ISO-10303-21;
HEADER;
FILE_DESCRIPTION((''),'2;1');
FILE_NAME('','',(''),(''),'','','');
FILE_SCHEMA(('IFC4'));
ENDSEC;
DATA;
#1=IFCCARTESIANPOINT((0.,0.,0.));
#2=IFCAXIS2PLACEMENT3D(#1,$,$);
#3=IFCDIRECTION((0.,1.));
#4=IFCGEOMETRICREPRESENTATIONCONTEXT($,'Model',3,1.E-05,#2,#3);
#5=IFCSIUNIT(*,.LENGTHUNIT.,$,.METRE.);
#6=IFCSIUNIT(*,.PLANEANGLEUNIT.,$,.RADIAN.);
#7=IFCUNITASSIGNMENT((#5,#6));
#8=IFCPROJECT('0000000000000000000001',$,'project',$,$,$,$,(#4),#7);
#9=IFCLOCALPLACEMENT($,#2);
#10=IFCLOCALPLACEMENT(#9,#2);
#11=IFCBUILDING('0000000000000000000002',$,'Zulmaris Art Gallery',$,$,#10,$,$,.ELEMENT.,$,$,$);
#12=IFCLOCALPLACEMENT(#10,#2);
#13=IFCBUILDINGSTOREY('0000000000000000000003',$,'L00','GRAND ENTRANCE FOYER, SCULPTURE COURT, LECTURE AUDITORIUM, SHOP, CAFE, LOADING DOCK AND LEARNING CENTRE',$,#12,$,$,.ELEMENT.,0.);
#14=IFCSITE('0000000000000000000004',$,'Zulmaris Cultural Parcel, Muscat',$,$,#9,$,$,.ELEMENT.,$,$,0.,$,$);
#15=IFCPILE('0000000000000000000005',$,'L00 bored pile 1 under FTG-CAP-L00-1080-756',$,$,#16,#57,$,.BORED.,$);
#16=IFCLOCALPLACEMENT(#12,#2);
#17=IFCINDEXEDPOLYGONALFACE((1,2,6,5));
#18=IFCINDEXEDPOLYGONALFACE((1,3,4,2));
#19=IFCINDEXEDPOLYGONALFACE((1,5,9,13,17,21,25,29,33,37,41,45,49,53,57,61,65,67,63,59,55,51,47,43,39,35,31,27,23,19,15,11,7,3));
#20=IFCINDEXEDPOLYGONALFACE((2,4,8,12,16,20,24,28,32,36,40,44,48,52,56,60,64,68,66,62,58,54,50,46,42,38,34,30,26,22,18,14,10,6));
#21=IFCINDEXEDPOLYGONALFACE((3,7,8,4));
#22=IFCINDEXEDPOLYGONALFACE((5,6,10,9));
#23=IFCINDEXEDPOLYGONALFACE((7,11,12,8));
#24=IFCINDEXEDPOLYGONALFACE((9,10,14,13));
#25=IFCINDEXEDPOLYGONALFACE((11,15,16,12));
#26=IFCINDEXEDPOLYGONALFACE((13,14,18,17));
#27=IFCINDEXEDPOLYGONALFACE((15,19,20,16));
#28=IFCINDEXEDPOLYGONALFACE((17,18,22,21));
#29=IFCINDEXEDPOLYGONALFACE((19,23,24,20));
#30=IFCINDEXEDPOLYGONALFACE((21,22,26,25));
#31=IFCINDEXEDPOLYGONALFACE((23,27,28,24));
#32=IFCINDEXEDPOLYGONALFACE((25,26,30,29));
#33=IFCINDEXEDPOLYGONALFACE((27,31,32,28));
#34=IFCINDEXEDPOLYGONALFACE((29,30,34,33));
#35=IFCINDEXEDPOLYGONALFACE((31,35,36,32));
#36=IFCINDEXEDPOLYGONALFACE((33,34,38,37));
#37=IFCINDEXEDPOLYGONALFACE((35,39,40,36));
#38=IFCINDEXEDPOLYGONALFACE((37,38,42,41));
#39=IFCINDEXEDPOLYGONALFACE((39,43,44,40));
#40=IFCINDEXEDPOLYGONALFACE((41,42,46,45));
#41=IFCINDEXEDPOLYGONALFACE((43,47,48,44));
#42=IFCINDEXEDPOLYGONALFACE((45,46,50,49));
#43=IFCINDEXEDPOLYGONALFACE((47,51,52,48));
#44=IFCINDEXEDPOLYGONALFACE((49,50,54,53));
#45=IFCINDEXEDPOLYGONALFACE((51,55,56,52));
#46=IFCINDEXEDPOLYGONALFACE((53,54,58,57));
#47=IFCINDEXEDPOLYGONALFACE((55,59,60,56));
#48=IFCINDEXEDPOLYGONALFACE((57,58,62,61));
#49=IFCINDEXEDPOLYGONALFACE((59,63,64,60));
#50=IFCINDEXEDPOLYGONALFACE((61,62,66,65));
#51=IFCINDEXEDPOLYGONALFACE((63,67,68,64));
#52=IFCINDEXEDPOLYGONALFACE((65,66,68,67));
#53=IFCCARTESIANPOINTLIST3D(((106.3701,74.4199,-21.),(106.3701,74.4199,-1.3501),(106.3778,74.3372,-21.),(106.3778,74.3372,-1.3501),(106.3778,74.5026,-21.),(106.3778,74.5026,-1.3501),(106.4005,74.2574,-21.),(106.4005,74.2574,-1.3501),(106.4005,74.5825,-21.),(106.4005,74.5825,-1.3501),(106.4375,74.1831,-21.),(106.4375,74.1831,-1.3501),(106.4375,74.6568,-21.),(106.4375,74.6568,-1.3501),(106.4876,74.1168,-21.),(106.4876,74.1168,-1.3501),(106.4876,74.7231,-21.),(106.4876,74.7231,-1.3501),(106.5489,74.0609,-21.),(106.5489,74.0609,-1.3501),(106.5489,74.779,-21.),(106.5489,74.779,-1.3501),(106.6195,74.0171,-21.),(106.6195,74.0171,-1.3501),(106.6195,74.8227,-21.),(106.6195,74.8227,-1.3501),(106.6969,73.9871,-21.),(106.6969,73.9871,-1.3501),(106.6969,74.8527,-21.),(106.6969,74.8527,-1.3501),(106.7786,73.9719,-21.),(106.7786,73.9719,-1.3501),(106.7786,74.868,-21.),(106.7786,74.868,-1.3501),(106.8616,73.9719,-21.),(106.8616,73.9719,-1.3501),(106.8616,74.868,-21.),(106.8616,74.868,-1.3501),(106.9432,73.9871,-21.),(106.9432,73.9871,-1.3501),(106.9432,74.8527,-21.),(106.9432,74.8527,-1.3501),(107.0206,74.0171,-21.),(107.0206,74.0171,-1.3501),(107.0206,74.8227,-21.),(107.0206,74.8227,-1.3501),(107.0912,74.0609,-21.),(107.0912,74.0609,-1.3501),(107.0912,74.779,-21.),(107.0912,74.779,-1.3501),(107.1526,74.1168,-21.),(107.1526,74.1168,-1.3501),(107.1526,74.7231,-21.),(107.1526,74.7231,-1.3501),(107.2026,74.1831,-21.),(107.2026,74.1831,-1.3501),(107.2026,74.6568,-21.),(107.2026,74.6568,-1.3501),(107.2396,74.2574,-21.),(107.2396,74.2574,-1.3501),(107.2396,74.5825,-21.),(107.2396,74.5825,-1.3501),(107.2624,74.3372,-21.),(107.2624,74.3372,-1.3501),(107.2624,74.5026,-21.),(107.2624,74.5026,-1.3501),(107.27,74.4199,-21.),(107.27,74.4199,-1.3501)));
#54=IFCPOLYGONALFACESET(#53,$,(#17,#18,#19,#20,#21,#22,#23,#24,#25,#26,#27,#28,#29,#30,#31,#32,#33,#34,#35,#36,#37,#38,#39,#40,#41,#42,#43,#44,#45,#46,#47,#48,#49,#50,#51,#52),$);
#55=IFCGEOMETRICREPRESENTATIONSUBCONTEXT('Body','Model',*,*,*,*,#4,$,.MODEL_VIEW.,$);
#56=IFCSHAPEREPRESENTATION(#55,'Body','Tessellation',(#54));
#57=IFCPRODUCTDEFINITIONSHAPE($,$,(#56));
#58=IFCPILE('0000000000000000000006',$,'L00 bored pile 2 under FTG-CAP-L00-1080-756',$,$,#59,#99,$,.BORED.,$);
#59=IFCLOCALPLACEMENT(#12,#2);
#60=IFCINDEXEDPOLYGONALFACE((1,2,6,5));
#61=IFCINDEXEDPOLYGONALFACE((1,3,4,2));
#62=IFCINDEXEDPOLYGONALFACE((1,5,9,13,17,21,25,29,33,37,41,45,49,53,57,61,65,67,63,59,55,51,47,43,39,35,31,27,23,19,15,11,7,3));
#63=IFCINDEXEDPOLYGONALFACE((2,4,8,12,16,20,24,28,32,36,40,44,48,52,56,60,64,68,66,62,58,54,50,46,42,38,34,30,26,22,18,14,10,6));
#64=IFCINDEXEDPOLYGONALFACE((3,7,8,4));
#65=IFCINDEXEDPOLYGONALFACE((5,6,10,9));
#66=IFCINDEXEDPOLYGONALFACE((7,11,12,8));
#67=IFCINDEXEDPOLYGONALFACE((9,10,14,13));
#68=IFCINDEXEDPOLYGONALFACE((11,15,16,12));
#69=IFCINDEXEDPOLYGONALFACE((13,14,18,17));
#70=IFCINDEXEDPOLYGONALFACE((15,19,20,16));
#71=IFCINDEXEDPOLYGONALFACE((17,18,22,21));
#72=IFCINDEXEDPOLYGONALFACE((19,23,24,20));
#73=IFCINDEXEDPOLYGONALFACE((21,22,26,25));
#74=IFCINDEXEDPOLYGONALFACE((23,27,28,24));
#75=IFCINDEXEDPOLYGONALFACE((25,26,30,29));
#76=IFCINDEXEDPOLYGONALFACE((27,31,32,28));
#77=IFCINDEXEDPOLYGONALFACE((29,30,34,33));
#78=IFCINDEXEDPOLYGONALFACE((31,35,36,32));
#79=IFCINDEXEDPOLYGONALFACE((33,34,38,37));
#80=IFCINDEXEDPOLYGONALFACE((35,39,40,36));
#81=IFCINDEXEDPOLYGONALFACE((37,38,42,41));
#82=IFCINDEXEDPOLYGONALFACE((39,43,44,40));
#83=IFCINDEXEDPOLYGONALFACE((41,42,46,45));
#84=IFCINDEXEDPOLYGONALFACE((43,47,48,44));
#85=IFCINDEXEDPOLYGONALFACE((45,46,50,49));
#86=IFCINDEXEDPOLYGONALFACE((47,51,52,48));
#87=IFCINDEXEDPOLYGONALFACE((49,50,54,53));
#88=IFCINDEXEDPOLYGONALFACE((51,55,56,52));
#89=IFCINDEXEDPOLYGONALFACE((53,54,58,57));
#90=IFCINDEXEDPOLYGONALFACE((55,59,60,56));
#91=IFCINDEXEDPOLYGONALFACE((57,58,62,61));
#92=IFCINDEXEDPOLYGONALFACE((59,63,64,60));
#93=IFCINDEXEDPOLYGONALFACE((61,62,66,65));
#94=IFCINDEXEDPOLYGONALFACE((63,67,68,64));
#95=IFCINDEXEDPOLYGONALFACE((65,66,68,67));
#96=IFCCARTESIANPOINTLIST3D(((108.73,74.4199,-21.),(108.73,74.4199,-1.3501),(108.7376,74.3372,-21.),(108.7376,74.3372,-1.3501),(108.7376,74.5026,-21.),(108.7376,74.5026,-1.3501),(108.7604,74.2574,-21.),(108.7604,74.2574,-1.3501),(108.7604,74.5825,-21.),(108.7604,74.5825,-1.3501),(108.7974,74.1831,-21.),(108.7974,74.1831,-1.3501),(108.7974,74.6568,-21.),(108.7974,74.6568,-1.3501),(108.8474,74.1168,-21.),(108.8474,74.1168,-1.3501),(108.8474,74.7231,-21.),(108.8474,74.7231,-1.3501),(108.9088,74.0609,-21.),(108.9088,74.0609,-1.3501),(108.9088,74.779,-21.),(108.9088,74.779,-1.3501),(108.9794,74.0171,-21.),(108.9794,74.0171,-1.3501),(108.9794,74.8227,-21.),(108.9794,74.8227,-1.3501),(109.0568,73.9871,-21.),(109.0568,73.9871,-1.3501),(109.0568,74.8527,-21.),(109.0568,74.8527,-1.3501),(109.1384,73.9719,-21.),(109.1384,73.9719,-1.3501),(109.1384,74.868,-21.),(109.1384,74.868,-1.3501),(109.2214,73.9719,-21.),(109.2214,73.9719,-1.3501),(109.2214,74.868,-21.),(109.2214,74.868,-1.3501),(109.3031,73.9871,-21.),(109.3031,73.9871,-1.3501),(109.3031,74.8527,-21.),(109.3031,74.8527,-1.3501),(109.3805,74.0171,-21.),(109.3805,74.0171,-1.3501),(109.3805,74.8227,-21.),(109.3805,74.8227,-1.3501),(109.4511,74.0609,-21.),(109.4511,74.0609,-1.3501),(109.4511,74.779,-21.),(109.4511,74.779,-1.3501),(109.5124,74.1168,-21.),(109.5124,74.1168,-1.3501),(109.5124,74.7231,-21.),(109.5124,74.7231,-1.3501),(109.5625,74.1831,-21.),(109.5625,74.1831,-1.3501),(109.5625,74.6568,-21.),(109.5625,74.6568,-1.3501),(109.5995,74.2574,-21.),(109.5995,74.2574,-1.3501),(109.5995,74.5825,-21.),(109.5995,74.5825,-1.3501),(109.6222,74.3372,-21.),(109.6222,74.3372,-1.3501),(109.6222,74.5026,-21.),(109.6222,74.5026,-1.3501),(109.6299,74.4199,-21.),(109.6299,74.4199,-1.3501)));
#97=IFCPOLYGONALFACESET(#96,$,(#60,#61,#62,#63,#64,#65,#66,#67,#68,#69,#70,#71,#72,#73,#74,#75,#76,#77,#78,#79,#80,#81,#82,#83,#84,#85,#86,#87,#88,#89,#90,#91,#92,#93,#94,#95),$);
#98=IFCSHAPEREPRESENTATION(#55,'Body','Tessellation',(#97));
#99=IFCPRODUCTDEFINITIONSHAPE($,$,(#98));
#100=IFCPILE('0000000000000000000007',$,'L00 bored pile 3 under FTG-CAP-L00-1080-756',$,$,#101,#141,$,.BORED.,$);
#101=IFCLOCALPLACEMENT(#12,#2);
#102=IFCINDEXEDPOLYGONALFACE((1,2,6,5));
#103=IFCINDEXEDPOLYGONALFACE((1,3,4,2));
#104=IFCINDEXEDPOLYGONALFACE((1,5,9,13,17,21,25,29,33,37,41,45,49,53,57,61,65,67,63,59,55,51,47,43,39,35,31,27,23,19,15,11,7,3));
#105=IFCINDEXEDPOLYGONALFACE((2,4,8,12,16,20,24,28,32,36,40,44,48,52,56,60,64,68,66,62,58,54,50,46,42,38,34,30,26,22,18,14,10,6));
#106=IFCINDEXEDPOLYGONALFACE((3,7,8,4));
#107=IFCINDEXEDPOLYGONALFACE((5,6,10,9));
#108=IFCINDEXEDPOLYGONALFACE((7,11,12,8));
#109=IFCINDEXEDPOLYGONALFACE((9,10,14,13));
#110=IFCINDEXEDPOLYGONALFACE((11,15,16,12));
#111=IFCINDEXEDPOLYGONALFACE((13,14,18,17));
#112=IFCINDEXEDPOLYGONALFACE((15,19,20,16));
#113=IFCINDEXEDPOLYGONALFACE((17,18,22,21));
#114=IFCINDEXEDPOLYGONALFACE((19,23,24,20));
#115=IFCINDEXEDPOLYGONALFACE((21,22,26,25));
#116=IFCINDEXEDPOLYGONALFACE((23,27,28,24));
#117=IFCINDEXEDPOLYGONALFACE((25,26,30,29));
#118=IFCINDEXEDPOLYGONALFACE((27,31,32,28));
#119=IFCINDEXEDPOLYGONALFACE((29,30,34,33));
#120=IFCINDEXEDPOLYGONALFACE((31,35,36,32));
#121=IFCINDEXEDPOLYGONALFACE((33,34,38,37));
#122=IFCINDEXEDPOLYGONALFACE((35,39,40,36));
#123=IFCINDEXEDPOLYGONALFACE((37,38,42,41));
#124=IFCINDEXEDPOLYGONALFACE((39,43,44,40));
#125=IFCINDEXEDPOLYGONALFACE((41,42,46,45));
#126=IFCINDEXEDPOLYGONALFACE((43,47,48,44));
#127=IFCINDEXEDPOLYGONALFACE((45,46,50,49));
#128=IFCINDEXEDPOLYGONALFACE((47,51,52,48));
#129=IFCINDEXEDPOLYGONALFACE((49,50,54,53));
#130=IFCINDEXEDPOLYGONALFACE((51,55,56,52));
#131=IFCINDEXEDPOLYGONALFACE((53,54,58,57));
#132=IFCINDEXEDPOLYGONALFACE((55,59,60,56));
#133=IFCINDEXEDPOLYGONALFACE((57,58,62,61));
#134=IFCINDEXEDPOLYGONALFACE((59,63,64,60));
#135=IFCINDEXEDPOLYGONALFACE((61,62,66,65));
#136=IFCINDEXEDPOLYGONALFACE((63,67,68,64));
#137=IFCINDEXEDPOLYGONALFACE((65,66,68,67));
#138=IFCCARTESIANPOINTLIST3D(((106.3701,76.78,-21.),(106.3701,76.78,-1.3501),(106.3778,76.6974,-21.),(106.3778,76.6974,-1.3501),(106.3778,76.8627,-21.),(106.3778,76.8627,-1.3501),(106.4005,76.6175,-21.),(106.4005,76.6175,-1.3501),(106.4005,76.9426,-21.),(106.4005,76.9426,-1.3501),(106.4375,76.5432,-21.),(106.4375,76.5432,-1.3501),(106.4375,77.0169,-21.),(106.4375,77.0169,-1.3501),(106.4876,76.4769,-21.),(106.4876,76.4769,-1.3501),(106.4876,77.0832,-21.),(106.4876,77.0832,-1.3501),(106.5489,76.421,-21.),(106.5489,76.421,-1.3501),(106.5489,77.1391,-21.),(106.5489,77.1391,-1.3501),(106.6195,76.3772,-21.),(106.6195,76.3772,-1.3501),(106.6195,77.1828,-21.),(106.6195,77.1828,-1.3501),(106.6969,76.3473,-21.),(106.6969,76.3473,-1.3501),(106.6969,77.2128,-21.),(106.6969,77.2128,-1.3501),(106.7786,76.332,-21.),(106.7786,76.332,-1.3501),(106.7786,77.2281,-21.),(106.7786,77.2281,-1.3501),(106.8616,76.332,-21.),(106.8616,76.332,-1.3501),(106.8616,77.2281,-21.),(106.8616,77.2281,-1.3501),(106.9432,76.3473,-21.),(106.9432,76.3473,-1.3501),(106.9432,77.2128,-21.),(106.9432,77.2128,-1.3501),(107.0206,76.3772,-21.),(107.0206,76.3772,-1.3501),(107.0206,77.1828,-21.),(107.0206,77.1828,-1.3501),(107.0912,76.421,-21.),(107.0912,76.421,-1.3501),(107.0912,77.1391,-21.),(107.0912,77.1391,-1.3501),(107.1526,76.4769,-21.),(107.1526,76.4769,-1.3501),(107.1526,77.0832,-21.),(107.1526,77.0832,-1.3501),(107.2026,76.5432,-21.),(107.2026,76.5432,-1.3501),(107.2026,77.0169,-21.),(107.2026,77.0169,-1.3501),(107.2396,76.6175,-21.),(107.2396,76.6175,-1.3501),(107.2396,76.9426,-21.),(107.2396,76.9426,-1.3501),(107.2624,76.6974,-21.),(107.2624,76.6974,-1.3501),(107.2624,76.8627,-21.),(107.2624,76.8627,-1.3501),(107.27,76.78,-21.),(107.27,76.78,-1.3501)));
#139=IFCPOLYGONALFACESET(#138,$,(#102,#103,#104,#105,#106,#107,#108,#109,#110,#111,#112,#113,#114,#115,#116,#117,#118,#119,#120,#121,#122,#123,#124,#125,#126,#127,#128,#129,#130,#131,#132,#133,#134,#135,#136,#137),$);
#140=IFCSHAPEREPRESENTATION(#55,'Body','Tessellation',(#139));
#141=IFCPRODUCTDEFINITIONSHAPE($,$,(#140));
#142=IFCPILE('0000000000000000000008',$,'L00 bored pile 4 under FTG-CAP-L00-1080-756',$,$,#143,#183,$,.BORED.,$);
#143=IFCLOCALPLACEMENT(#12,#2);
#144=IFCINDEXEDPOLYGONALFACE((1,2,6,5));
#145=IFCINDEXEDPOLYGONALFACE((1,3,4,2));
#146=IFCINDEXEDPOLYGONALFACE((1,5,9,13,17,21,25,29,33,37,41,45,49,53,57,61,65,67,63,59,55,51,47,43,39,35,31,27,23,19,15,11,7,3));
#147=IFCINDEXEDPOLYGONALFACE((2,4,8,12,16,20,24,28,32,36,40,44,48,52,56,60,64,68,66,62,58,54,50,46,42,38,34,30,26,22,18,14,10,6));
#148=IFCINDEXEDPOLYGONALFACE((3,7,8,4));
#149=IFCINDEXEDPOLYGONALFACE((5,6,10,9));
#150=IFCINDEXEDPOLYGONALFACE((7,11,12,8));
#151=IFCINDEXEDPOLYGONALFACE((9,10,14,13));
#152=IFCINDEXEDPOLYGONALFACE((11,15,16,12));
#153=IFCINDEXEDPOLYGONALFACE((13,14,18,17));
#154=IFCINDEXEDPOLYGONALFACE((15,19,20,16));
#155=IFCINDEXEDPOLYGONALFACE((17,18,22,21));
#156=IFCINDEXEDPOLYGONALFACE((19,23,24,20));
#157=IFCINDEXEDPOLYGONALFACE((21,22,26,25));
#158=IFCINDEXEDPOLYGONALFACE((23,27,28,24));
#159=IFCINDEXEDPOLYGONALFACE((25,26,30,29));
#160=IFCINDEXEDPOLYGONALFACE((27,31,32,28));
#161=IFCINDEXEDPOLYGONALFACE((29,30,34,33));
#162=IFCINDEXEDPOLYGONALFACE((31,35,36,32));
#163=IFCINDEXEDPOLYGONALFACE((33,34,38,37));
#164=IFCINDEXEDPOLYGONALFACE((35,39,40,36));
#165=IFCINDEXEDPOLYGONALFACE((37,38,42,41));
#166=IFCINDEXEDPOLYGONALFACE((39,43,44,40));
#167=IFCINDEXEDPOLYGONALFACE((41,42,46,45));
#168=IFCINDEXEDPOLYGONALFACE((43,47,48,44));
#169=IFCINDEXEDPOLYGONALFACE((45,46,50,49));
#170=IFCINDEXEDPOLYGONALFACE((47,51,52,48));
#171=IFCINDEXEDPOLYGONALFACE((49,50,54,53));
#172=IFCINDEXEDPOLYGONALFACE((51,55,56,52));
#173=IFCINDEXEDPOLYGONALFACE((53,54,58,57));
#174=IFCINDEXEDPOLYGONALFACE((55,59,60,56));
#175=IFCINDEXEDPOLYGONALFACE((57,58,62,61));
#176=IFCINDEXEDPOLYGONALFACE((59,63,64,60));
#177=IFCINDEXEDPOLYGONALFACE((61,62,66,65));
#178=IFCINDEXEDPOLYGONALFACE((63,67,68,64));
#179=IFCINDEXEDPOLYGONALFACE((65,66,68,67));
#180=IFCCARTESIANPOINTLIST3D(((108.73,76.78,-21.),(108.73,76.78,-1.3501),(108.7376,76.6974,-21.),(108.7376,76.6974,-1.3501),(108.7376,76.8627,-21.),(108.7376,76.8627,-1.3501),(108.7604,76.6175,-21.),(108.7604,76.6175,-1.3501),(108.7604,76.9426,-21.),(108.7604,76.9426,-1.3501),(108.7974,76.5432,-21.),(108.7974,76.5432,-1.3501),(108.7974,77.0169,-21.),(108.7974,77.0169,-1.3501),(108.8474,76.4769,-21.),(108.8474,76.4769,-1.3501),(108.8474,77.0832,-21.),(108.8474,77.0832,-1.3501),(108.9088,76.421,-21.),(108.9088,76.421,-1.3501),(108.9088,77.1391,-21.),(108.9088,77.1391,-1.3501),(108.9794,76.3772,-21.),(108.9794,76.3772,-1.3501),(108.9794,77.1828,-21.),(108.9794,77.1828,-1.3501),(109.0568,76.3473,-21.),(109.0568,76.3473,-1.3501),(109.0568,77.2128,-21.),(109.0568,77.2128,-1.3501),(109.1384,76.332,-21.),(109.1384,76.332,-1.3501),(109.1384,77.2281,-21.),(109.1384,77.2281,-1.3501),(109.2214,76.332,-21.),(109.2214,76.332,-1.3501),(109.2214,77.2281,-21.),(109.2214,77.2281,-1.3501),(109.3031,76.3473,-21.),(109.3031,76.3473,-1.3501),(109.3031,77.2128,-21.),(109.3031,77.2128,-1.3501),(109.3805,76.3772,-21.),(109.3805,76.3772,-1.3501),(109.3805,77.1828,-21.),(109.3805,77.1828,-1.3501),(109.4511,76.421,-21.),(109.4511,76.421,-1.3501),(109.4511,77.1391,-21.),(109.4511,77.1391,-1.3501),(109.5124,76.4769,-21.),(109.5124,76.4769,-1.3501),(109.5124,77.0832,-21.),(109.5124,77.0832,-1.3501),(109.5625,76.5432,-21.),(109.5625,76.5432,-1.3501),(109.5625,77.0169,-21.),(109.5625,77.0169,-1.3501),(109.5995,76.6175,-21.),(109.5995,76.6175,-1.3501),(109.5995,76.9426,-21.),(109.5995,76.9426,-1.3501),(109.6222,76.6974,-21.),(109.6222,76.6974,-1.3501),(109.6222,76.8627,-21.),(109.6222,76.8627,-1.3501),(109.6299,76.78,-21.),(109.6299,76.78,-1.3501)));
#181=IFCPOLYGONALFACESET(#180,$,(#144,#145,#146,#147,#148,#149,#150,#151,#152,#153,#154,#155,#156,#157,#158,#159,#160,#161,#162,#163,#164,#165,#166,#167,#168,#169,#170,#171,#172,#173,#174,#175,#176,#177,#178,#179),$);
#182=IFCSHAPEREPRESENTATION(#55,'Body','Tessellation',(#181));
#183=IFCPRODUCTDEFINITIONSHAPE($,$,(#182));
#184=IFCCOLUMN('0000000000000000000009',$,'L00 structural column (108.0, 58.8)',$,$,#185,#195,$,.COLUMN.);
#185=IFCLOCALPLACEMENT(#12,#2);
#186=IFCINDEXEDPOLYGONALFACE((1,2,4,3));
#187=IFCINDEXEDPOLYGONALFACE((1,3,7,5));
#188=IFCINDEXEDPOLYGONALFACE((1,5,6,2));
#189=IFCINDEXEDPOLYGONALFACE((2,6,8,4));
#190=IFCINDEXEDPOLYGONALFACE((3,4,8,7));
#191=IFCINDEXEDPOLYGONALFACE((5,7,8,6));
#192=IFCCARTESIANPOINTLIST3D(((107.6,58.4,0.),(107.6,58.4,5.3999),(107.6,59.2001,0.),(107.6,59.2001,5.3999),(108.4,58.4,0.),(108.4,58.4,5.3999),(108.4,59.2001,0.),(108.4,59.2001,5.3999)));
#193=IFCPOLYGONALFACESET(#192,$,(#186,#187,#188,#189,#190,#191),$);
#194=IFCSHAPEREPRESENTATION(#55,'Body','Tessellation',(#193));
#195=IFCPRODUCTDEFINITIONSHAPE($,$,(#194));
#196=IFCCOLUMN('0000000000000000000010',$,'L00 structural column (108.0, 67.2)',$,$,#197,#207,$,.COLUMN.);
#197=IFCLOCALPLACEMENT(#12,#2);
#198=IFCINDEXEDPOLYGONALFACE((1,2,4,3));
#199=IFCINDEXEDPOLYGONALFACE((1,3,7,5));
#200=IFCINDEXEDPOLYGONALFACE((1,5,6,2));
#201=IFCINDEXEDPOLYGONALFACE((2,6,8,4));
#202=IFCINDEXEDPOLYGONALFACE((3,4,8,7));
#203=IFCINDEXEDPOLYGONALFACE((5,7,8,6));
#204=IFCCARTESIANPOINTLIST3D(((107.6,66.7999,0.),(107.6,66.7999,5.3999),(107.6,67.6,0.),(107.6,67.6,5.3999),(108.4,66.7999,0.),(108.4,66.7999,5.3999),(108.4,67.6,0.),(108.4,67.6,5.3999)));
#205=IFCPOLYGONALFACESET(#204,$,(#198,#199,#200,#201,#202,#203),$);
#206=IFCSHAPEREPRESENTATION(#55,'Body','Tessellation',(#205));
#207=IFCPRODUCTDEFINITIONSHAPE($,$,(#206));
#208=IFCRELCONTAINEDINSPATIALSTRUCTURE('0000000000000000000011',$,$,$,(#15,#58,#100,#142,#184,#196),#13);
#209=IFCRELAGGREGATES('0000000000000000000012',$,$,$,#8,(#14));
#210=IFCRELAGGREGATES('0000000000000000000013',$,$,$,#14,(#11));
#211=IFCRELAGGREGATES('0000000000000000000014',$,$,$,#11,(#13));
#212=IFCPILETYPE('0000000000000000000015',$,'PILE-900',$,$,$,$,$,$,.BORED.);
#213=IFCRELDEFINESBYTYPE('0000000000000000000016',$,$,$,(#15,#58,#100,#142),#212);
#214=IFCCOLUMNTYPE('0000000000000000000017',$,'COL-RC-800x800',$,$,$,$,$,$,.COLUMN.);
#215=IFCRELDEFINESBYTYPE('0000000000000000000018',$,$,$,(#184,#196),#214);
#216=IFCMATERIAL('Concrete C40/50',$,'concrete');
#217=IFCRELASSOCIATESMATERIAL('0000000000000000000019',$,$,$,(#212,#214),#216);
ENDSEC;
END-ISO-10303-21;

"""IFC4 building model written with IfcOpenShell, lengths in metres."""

from ifc_helpers import new_model, si_unit, direction, frame, origin, origin_2d, place, context, subcontext, project, spatial, rectangle, circle, extrude, material, material_profile, profile_set, type_object, element, save


model = new_model("IFC4")

# Units and contexts
model_context = context("Model", 3, precision=1e-05, world=origin(), true_north=direction((0.0, 1.0)))
body_context = subcontext(model_context, "Body", "Model", "MODEL_VIEW")
ifc_project = project(units=[si_unit("LENGTHUNIT", "METRE"), si_unit("PLANEANGLEUNIT", "RADIAN")], contexts=[model_context])

# Site, building, storey
site_placement = place(None, origin())
site = spatial("IfcSite", under=ifc_project, at=site_placement, Name="Zulmaris Cultural Parcel, Muscat", CompositionType="ELEMENT", RefElevation=0.0)
building_placement = place(site_placement, origin())
building = spatial("IfcBuilding", under=site, at=building_placement, Name="Zulmaris Art Gallery", CompositionType="ELEMENT")
storey_placement = place(building_placement, origin())
storey = spatial("IfcBuildingStorey", under=building, at=storey_placement, Name="L00", Description="GRAND ENTRANCE FOYER, SCULPTURE COURT, LECTURE AUDITORIUM, SHOP, CAFE, LOADING DOCK AND LEARNING CENTRE", CompositionType="ELEMENT", Elevation=0.0)

# Piles
ifc_material_1 = material(Name="Concrete C40/50", Category="concrete")
ifc_material_profile_1 = material_profile(ifc_material_1, circle(Radius=0.45, at=origin_2d()), Name="PILE DIA 900")
ifc_profile_set_1 = profile_set([ifc_material_profile_1], Name="Concrete C40/50")
pile_type_1 = type_object("IfcPileType", Name="PILE-900", PredefinedType="BORED", material=ifc_profile_set_1)
for number, where, z_axis, x_axis, name in (
    (1, (106.8201, 74.4199, -1.3501), (0.0, 0.0, -1.0), (1.0, 0.0, 0.0), "L00 bored pile 1 under FTG-CAP-L00-1080-756"),
    (2, (109.1799, 74.4199, -1.3501), (0.0, 0.0, -1.0), (1.0, 0.0, 0.0), "L00 bored pile 2 under FTG-CAP-L00-1080-756"),
    (3, (106.8201, 76.78, -1.3501), (0.0, 0.0, -1.0), (1.0, 0.0, 0.0), "L00 bored pile 3 under FTG-CAP-L00-1080-756"),
    (4, (109.1799, 76.78, -1.3501), (0.0, 0.0, -1.0), (1.0, 0.0, 0.0), "L00 bored pile 4 under FTG-CAP-L00-1080-756"),
):
    element("IfcPile", number, at=place(storey_placement, frame(where, z_axis=z_axis, x_axis=x_axis)), inside=storey, type_object=pile_type_1, Name=name, PredefinedType="BORED", context=body_context, shape_type="SweptSolid", body=[
        extrude(circle(Radius=0.45, at=origin_2d()), origin(), (0.0, 0.0, 1.0), 19.6499),
    ])

# Columns
ifc_material_profile_2 = material_profile(ifc_material_1, rectangle(XDim=0.8, YDim=0.8, at=origin_2d()), Name="RC 800x800")
ifc_profile_set_2 = profile_set([ifc_material_profile_2], Name="Concrete C40/50")
column_type = type_object("IfcColumnType", Name="COL-RC-800x800", PredefinedType="COLUMN", material=ifc_profile_set_2)
for number, where, z_axis, x_axis, name in (
    (5, (108.0, 58.8, 0.0), (0.0, 0.0, 1.0), (1.0, 0.0, 0.0), "L00 structural column (108.0, 58.8)"),
    (6, (108.0, 67.2, 0.0), (0.0, 0.0, 1.0), (1.0, 0.0, 0.0), "L00 structural column (108.0, 67.2)"),
):
    element("IfcColumn", number, at=place(storey_placement, frame(where, z_axis=z_axis, x_axis=x_axis)), inside=storey, type_object=column_type, Name=name, PredefinedType="COLUMN", context=body_context, shape_type="SweptSolid", body=[
        extrude(rectangle(XDim=0.8, YDim=0.8, at=origin_2d()), origin(), (0.0, 0.0, 1.0), 5.3999),
    ])

save(model, "model.ifc")
